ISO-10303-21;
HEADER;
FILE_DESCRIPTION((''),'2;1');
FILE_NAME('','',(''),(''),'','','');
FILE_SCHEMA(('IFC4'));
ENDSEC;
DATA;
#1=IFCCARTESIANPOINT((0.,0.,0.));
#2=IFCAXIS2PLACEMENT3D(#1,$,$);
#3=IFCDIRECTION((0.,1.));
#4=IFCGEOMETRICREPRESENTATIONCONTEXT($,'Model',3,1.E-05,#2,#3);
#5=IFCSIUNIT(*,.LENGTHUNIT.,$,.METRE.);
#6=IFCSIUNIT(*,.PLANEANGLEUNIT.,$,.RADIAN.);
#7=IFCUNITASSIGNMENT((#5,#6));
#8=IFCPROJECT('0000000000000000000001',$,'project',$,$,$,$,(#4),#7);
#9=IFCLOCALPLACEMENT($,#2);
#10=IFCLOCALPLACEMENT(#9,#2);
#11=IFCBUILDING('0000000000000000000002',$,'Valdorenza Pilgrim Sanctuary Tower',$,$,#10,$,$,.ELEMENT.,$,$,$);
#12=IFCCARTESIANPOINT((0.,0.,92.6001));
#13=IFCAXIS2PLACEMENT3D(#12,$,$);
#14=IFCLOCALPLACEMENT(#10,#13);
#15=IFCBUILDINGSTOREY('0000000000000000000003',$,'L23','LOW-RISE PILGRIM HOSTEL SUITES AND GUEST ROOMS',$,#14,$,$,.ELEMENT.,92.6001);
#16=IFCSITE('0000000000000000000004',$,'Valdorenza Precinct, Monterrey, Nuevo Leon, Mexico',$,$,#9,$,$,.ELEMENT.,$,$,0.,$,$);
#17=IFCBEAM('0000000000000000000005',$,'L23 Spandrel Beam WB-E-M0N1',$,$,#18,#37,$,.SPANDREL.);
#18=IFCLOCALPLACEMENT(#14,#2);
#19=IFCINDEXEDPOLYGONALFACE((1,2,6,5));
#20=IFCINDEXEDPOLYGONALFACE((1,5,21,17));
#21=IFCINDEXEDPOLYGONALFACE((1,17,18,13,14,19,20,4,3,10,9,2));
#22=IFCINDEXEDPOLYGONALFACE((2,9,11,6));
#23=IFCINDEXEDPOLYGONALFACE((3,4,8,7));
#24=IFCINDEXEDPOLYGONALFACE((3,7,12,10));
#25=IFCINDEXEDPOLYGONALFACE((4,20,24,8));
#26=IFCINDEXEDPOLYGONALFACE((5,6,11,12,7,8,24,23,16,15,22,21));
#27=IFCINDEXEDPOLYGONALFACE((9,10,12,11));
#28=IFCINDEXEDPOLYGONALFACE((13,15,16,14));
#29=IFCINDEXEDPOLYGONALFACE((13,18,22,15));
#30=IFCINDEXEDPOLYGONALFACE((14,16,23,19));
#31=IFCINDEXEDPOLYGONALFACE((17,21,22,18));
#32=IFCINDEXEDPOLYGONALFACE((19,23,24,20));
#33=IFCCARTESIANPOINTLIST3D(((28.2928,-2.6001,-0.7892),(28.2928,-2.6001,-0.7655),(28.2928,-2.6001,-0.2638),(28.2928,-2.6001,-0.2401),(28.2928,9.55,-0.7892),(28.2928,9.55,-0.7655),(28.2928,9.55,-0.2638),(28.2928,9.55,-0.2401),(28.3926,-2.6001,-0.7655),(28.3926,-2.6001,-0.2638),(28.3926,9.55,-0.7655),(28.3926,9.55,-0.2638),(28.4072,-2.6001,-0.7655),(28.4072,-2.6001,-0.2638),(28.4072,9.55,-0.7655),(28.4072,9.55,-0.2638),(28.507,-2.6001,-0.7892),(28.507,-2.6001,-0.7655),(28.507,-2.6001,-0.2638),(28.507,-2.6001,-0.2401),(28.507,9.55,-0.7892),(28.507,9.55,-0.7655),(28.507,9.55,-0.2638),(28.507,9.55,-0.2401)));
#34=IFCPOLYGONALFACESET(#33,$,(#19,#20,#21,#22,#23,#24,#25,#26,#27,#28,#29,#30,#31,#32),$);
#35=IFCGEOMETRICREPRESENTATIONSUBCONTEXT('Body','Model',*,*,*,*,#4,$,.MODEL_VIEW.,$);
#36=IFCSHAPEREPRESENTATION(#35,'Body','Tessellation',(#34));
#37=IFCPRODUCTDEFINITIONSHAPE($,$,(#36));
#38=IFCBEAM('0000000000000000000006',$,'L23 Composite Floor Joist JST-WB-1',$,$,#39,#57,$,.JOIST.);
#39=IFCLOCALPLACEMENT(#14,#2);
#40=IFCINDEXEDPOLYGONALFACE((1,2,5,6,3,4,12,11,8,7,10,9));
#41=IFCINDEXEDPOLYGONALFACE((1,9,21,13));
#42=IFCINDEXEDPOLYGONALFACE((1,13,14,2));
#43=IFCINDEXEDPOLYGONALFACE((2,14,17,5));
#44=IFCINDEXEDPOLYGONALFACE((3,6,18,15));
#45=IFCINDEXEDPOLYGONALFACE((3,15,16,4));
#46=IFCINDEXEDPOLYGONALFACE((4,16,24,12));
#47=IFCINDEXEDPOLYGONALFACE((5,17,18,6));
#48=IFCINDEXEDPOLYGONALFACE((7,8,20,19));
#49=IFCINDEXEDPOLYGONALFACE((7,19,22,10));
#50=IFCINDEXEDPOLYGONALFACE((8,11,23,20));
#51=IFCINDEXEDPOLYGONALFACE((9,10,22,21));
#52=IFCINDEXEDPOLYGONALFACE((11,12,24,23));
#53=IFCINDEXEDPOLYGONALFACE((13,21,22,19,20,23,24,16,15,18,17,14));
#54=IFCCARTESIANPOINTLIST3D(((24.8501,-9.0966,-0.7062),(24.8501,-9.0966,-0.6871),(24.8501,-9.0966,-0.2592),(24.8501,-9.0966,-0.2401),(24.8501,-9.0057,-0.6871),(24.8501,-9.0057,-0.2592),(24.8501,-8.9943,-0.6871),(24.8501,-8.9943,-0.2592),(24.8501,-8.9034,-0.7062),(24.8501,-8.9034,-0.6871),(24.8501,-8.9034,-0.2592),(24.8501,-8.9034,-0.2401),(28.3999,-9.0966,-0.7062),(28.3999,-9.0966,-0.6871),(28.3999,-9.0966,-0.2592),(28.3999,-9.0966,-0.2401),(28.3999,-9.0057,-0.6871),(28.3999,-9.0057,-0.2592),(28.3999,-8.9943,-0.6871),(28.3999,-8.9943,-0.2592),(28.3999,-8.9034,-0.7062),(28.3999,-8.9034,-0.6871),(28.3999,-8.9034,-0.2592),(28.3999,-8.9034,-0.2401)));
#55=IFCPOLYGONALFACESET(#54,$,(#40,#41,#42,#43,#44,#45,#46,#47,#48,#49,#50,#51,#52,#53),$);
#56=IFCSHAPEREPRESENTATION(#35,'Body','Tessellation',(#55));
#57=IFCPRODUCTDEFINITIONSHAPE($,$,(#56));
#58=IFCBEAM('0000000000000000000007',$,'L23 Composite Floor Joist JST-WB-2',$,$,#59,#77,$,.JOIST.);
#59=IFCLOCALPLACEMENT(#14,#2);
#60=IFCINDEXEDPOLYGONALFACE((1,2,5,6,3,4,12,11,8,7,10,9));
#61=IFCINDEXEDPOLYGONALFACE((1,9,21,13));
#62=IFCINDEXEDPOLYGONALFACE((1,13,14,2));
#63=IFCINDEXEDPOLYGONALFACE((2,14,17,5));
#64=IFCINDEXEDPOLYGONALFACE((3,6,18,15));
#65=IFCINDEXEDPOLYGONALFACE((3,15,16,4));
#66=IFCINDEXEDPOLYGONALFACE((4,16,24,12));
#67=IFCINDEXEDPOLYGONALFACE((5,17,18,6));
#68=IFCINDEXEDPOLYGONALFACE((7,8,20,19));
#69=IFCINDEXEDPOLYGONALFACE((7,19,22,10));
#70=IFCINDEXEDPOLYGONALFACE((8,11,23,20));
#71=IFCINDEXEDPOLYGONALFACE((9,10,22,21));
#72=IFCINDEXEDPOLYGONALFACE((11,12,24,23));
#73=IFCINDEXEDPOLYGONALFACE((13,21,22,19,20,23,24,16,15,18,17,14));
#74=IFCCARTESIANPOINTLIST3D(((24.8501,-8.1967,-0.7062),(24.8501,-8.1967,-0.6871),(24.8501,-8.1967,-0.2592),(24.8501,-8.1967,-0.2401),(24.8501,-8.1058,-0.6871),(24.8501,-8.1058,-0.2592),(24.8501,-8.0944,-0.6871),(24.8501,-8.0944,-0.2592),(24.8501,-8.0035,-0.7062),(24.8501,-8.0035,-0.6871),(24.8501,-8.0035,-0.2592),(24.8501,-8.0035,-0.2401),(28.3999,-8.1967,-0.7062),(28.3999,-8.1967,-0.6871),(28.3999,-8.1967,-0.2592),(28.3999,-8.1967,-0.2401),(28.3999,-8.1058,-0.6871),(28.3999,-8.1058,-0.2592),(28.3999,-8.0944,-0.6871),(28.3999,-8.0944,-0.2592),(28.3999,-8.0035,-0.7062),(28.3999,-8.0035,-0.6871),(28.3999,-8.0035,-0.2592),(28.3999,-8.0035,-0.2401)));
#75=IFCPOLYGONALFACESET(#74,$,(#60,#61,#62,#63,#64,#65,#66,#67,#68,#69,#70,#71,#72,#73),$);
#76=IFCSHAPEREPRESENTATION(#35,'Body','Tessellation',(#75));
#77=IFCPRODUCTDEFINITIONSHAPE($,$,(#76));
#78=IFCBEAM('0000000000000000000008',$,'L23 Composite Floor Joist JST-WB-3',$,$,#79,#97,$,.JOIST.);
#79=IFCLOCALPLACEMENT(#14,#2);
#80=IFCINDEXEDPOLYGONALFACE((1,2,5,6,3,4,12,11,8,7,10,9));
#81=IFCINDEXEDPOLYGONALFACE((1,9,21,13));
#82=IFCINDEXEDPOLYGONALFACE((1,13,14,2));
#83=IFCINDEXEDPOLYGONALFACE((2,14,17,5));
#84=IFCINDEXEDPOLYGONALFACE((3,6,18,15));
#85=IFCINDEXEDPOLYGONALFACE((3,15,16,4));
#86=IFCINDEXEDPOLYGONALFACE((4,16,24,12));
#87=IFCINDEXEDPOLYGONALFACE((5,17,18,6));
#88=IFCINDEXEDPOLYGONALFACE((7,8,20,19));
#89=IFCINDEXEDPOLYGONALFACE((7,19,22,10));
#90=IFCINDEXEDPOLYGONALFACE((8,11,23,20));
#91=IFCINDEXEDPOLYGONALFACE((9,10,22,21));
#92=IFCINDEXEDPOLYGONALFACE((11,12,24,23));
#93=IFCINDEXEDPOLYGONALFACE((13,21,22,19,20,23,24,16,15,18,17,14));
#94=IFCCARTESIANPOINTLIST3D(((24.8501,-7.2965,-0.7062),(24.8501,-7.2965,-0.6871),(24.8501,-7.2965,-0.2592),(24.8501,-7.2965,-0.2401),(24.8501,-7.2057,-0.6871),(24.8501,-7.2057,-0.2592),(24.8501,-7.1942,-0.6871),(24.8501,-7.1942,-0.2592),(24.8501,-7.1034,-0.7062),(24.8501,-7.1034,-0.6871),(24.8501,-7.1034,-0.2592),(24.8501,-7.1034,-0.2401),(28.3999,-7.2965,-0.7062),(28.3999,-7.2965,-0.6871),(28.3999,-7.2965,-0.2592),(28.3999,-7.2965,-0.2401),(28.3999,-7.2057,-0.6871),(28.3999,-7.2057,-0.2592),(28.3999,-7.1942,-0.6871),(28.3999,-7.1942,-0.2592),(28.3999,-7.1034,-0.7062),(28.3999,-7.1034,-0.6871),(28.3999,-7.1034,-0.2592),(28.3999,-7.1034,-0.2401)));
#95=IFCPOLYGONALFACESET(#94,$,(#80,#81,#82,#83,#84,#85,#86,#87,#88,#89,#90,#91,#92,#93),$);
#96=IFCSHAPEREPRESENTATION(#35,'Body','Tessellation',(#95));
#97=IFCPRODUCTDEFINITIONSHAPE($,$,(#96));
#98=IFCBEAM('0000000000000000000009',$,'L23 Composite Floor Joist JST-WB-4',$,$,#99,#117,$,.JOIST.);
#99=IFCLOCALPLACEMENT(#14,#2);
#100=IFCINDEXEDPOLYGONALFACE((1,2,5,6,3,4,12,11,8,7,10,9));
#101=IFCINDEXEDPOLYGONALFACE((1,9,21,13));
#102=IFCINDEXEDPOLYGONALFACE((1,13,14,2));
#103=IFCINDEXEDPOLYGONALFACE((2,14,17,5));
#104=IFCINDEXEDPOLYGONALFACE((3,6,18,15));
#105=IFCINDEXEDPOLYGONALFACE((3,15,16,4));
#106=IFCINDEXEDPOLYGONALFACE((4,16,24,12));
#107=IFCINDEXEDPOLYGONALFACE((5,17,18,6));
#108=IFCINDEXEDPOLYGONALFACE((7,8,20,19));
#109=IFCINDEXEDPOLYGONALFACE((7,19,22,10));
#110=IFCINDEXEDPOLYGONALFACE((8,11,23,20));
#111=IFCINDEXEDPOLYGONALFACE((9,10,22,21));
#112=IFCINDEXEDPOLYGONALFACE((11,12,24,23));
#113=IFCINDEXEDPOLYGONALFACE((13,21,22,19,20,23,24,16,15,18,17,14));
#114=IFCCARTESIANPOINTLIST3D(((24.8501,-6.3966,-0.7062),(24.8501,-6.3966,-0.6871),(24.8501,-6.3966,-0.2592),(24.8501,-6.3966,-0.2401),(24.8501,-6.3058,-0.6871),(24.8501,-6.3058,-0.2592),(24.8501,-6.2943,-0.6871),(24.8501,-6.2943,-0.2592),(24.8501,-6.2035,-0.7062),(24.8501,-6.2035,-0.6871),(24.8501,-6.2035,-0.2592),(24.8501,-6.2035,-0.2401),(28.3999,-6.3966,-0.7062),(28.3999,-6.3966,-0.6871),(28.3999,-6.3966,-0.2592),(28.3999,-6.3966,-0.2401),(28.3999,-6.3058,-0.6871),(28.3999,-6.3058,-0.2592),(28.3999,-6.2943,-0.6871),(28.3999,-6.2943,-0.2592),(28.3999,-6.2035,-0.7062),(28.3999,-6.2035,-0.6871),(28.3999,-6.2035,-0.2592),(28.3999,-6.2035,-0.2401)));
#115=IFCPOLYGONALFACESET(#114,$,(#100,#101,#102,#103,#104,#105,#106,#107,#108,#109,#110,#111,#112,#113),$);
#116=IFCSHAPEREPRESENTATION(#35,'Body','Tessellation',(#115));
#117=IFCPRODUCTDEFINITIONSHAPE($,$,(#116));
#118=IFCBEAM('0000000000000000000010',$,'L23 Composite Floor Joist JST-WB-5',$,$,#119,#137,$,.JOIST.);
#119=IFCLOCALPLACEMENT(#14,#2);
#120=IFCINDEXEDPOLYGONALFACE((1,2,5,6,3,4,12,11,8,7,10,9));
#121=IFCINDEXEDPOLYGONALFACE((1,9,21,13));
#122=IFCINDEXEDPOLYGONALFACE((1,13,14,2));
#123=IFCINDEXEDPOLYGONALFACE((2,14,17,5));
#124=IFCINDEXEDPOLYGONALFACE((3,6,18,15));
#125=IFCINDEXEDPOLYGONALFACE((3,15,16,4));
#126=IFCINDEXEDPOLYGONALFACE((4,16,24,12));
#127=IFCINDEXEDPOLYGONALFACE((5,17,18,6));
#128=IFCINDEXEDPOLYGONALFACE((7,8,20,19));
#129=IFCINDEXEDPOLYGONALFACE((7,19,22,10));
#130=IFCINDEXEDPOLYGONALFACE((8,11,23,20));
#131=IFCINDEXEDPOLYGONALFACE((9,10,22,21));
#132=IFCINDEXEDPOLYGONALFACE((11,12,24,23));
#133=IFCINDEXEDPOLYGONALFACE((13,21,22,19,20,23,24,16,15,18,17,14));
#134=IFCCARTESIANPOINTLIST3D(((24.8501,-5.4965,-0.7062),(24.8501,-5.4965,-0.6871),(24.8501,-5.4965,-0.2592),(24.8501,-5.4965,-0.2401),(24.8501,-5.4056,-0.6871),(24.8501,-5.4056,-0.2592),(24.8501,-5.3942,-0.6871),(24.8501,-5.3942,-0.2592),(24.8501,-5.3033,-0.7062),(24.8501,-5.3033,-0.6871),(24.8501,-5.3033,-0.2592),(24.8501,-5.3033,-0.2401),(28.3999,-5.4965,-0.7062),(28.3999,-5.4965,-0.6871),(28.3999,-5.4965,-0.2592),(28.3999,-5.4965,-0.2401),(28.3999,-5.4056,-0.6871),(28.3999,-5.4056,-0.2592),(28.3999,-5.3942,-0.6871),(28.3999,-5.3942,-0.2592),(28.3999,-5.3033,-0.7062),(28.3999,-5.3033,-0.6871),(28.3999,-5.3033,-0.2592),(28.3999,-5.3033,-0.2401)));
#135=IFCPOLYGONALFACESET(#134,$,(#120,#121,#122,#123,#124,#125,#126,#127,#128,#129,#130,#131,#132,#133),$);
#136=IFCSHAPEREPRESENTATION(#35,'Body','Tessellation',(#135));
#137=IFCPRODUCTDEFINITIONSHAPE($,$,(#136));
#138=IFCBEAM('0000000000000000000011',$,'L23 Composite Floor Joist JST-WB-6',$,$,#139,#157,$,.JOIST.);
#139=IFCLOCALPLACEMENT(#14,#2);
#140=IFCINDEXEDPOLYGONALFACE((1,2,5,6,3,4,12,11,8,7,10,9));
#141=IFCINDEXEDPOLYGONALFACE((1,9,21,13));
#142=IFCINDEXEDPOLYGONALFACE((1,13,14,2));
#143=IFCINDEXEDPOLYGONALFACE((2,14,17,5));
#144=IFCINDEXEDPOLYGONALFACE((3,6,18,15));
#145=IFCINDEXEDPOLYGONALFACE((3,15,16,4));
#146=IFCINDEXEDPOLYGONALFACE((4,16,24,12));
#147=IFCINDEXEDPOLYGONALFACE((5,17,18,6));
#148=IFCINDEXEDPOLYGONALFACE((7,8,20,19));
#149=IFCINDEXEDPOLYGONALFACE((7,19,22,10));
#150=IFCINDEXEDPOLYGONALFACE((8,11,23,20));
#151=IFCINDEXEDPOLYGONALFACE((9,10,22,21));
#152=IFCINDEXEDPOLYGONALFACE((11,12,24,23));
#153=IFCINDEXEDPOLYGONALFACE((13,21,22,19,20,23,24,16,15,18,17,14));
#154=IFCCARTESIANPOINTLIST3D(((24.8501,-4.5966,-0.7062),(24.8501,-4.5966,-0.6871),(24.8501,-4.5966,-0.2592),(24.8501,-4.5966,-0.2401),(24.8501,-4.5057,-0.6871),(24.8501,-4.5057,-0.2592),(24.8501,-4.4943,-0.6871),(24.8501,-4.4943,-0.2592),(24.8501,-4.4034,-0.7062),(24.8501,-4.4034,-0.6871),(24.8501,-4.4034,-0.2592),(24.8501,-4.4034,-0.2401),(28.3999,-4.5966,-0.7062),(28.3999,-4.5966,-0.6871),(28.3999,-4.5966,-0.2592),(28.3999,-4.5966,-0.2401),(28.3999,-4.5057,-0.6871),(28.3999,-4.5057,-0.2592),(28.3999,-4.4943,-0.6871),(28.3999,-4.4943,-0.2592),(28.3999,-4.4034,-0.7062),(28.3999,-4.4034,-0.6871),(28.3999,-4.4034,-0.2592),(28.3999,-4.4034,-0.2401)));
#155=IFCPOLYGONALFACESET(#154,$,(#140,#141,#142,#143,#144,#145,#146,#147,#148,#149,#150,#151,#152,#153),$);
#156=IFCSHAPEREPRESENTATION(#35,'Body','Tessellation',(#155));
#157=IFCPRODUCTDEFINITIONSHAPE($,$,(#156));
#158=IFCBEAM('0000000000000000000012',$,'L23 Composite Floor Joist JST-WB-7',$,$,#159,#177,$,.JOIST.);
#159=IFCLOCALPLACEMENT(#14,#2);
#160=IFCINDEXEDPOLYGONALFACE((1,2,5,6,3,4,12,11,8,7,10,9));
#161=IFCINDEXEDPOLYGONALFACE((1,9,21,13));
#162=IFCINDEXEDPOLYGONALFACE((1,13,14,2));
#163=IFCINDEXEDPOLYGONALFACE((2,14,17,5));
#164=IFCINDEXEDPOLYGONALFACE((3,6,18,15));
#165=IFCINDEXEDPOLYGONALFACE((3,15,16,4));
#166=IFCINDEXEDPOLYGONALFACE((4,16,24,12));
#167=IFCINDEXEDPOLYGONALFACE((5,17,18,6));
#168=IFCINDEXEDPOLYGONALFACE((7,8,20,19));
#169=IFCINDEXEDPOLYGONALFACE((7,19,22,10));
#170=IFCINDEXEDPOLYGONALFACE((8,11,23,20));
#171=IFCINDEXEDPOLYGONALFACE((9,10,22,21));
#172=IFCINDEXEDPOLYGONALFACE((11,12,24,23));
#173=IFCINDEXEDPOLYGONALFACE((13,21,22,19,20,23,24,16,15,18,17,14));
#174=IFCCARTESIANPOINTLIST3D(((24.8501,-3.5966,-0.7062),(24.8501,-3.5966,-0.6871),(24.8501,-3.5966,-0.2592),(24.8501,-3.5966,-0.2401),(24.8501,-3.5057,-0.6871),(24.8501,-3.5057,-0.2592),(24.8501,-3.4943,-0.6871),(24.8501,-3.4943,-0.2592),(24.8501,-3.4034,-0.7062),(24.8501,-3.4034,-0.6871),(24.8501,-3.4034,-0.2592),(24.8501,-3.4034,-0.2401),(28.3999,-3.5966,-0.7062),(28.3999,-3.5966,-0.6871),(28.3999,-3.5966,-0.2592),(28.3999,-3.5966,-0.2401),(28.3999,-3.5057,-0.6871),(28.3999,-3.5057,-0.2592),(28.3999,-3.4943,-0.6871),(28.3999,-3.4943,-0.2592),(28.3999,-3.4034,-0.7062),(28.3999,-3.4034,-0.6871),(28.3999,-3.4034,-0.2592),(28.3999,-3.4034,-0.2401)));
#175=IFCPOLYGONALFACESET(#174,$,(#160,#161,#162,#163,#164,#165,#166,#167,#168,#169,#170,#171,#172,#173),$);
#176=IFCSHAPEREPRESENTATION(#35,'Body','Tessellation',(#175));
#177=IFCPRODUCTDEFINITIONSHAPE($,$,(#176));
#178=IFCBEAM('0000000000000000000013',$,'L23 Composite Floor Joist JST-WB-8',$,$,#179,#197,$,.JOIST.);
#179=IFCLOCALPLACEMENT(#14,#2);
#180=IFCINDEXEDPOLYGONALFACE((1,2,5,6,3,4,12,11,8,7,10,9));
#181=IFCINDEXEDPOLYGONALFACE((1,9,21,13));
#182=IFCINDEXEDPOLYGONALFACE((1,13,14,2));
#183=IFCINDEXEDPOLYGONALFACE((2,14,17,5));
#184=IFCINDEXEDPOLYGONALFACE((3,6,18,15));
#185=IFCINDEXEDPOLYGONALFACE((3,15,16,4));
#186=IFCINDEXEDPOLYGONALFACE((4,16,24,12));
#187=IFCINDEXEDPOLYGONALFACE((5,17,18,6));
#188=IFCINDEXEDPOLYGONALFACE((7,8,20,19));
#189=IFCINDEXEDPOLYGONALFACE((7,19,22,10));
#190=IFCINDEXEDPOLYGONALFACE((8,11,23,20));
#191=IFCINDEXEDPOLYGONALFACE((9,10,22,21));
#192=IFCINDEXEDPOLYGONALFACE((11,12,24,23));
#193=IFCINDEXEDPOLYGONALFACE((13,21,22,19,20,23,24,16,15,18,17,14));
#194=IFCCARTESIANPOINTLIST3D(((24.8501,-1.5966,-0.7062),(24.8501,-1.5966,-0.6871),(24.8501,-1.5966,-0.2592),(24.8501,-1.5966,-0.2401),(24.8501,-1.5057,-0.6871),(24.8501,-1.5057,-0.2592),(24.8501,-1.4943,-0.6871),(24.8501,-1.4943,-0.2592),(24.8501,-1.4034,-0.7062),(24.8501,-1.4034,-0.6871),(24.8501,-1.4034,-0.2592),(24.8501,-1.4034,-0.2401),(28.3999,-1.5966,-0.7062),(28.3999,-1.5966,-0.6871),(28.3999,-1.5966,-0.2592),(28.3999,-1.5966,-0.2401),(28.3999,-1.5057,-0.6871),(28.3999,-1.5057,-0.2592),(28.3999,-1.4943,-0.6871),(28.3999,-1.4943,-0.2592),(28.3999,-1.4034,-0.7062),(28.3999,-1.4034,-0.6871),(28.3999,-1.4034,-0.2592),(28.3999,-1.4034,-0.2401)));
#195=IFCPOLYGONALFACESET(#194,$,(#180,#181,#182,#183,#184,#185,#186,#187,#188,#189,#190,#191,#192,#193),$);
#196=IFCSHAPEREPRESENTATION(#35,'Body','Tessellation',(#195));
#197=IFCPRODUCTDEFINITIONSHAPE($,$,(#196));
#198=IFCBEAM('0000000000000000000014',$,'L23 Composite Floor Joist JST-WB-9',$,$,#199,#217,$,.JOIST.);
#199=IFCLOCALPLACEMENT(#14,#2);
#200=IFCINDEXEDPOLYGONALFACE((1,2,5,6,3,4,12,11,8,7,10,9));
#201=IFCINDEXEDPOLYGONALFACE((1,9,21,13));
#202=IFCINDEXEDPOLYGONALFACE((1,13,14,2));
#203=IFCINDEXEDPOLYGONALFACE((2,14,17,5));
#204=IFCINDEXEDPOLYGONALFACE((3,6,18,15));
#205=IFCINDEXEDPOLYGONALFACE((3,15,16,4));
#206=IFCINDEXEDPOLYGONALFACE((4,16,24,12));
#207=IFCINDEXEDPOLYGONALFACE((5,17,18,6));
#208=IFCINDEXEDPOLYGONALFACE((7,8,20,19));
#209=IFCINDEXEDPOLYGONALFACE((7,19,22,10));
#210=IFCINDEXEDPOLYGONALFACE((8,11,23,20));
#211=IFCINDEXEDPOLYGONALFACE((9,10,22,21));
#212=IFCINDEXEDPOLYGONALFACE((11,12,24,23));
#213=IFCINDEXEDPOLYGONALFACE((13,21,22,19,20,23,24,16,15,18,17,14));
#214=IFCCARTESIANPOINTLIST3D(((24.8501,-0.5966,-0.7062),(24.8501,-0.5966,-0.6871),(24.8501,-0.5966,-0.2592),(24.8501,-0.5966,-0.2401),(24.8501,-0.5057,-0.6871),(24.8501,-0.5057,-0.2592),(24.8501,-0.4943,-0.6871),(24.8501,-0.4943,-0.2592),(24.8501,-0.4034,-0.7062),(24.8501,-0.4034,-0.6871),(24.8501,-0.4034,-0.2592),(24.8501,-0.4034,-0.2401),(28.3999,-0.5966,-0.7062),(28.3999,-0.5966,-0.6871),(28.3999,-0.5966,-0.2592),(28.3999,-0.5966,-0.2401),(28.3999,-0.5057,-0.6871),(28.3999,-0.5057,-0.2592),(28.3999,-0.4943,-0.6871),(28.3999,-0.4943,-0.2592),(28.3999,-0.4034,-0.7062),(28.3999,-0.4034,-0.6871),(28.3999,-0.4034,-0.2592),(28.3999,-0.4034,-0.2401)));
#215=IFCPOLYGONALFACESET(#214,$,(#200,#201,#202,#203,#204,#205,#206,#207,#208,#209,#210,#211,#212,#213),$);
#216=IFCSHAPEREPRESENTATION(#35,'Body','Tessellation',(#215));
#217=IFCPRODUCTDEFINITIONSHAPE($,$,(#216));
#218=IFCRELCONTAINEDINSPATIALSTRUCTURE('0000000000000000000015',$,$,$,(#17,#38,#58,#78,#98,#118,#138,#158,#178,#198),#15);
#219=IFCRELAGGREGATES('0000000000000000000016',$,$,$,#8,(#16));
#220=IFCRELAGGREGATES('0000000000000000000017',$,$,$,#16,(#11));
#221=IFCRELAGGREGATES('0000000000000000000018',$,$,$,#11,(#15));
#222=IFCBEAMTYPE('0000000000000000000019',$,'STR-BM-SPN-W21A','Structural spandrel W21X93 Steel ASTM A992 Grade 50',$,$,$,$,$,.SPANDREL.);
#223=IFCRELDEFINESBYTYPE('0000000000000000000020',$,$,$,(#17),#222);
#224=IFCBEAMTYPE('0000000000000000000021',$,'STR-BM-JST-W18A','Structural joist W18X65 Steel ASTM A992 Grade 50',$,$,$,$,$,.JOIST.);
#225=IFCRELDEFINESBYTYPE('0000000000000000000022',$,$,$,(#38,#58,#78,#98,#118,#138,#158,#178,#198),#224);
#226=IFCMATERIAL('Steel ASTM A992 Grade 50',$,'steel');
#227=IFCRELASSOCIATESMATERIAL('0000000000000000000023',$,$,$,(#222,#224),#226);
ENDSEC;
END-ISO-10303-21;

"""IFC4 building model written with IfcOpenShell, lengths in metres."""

from ifc_helpers import new_model, si_unit, direction, frame, origin, origin_2d, place, context, subcontext, project, spatial, i_section, extrude, source, transform, mapped, material, material_profile, profile_set, type_object, element, save


model = new_model("IFC4")

# Units and contexts
model_context = context("Model", 3, precision=1e-05, world=origin(), true_north=direction((0.0, 1.0)))
body_context = subcontext(model_context, "Body", "Model", "MODEL_VIEW")
ifc_project = project(units=[si_unit("LENGTHUNIT", "METRE"), si_unit("PLANEANGLEUNIT", "RADIAN")], contexts=[model_context])

# Site, building, storey
site_placement = place(None, origin())
site = spatial("IfcSite", under=ifc_project, at=site_placement, Name="Valdorenza Precinct, Monterrey, Nuevo Leon, Mexico", CompositionType="ELEMENT", RefElevation=0.0)
building_placement = place(site_placement, origin())
building = spatial("IfcBuilding", under=site, at=building_placement, Name="Valdorenza Pilgrim Sanctuary Tower", CompositionType="ELEMENT")
storey_placement = place(building_placement, frame((0.0, 0.0, 92.6001)))
storey = spatial("IfcBuildingStorey", under=building, at=storey_placement, Name="L23", Description="LOW-RISE PILGRIM HOSTEL SUITES AND GUEST ROOMS", CompositionType="ELEMENT", Elevation=92.6001)

# Beams
ifc_material_1 = material(Name="Steel ASTM A992 Grade 50", Category="steel")
ifc_material_profile_1 = material_profile(ifc_material_1, i_section(OverallWidth=0.2141, OverallDepth=0.5491, WebThickness=0.0146, FlangeThickness=0.0237, at=origin_2d()), Name="W21X93")
ifc_profile_set_1 = profile_set([ifc_material_profile_1], Name="Steel ASTM A992 Grade 50")
beam_type_1 = type_object("IfcBeamType", Name="STR-BM-SPN-W21A", Description="Structural spandrel W21X93 Steel ASTM A992 Grade 50", PredefinedType="SPANDREL", material=ifc_profile_set_1)
shared_shape_1 = source(origin(), body_context, "Body", "SweptSolid", [
    extrude(i_section(OverallWidth=0.2141, OverallDepth=0.5491, WebThickness=0.0146, FlangeThickness=0.0237, at=origin_2d()), origin(), (0.0, 0.0, 1.0), 12.1501),
])
beam_1_placement = place(storey_placement, frame((28.3999, -2.6001, -0.5146), z_axis=(0.0, 1.0, 0.0), x_axis=(-1.0, 0.0, 0.0)))
element("IfcBeam", 1, at=beam_1_placement, inside=storey, type_object=beam_type_1, Name="L23 Spandrel Beam WB-E-M0N1", PredefinedType="SPANDREL", context=body_context, shape_type="MappedRepresentation", body=[
    mapped(shared_shape_1, transform((0.0, 0.0, 0.0), x_axis=(1.0, 0.0, 0.0), y_axis=(0.0, 1.0, 0.0), z_axis=(0.0, 0.0, 1.0), scale=1.0)),
])
ifc_material_profile_2 = material_profile(ifc_material_1, i_section(OverallWidth=0.1931, OverallDepth=0.4661, WebThickness=0.0115, FlangeThickness=0.019, at=origin_2d()), Name="W18X65")
ifc_profile_set_2 = profile_set([ifc_material_profile_2], Name="Steel ASTM A992 Grade 50")
beam_type_2 = type_object("IfcBeamType", Name="STR-BM-JST-W18A", Description="Structural joist W18X65 Steel ASTM A992 Grade 50", PredefinedType="JOIST", material=ifc_profile_set_2)
shared_shape_2 = source(origin(), body_context, "Body", "SweptSolid", [
    extrude(i_section(OverallWidth=0.1931, OverallDepth=0.4661, WebThickness=0.0115, FlangeThickness=0.019, at=origin_2d()), origin(), (0.0, 0.0, 1.0), 3.5498),
])
for number, where, z_axis, x_axis, name in (
    (2, (24.8501, -9.0, -0.4731), (1.0, 0.0, 0.0), (0.0, 1.0, 0.0), "L23 Composite Floor Joist JST-WB-1"),
    (3, (24.8501, -8.1001, -0.4731), (1.0, 0.0, 0.0), (0.0, 1.0, 0.0), "L23 Composite Floor Joist JST-WB-2"),
    (4, (24.8501, -7.2, -0.4731), (1.0, 0.0, 0.0), (0.0, 1.0, 0.0), "L23 Composite Floor Joist JST-WB-3"),
    (5, (24.8501, -6.3, -0.4731), (1.0, 0.0, 0.0), (0.0, 1.0, 0.0), "L23 Composite Floor Joist JST-WB-4"),
    (6, (24.8501, -5.3999, -0.4731), (1.0, 0.0, 0.0), (0.0, 1.0, 0.0), "L23 Composite Floor Joist JST-WB-5"),
    (7, (24.8501, -4.5, -0.4731), (1.0, 0.0, 0.0), (0.0, 1.0, 0.0), "L23 Composite Floor Joist JST-WB-6"),
    (8, (24.8501, -3.5, -0.4731), (1.0, 0.0, 0.0), (0.0, 1.0, 0.0), "L23 Composite Floor Joist JST-WB-7"),
    (9, (24.8501, -1.5, -0.4731), (1.0, 0.0, 0.0), (0.0, 1.0, 0.0), "L23 Composite Floor Joist JST-WB-8"),
    (10, (24.8501, -0.5, -0.4731), (1.0, 0.0, 0.0), (0.0, 1.0, 0.0), "L23 Composite Floor Joist JST-WB-9"),
):
    element("IfcBeam", number, at=place(storey_placement, frame(where, z_axis=z_axis, x_axis=x_axis)), inside=storey, type_object=beam_type_2, Name=name, PredefinedType="JOIST", context=body_context, shape_type="MappedRepresentation", body=[
        mapped(shared_shape_2, transform((0.0, 0.0, 0.0), x_axis=(1.0, 0.0, 0.0), y_axis=(0.0, 1.0, 0.0), z_axis=(0.0, 0.0, 1.0), scale=1.0)),
    ])

save(model, "model.ifc")
